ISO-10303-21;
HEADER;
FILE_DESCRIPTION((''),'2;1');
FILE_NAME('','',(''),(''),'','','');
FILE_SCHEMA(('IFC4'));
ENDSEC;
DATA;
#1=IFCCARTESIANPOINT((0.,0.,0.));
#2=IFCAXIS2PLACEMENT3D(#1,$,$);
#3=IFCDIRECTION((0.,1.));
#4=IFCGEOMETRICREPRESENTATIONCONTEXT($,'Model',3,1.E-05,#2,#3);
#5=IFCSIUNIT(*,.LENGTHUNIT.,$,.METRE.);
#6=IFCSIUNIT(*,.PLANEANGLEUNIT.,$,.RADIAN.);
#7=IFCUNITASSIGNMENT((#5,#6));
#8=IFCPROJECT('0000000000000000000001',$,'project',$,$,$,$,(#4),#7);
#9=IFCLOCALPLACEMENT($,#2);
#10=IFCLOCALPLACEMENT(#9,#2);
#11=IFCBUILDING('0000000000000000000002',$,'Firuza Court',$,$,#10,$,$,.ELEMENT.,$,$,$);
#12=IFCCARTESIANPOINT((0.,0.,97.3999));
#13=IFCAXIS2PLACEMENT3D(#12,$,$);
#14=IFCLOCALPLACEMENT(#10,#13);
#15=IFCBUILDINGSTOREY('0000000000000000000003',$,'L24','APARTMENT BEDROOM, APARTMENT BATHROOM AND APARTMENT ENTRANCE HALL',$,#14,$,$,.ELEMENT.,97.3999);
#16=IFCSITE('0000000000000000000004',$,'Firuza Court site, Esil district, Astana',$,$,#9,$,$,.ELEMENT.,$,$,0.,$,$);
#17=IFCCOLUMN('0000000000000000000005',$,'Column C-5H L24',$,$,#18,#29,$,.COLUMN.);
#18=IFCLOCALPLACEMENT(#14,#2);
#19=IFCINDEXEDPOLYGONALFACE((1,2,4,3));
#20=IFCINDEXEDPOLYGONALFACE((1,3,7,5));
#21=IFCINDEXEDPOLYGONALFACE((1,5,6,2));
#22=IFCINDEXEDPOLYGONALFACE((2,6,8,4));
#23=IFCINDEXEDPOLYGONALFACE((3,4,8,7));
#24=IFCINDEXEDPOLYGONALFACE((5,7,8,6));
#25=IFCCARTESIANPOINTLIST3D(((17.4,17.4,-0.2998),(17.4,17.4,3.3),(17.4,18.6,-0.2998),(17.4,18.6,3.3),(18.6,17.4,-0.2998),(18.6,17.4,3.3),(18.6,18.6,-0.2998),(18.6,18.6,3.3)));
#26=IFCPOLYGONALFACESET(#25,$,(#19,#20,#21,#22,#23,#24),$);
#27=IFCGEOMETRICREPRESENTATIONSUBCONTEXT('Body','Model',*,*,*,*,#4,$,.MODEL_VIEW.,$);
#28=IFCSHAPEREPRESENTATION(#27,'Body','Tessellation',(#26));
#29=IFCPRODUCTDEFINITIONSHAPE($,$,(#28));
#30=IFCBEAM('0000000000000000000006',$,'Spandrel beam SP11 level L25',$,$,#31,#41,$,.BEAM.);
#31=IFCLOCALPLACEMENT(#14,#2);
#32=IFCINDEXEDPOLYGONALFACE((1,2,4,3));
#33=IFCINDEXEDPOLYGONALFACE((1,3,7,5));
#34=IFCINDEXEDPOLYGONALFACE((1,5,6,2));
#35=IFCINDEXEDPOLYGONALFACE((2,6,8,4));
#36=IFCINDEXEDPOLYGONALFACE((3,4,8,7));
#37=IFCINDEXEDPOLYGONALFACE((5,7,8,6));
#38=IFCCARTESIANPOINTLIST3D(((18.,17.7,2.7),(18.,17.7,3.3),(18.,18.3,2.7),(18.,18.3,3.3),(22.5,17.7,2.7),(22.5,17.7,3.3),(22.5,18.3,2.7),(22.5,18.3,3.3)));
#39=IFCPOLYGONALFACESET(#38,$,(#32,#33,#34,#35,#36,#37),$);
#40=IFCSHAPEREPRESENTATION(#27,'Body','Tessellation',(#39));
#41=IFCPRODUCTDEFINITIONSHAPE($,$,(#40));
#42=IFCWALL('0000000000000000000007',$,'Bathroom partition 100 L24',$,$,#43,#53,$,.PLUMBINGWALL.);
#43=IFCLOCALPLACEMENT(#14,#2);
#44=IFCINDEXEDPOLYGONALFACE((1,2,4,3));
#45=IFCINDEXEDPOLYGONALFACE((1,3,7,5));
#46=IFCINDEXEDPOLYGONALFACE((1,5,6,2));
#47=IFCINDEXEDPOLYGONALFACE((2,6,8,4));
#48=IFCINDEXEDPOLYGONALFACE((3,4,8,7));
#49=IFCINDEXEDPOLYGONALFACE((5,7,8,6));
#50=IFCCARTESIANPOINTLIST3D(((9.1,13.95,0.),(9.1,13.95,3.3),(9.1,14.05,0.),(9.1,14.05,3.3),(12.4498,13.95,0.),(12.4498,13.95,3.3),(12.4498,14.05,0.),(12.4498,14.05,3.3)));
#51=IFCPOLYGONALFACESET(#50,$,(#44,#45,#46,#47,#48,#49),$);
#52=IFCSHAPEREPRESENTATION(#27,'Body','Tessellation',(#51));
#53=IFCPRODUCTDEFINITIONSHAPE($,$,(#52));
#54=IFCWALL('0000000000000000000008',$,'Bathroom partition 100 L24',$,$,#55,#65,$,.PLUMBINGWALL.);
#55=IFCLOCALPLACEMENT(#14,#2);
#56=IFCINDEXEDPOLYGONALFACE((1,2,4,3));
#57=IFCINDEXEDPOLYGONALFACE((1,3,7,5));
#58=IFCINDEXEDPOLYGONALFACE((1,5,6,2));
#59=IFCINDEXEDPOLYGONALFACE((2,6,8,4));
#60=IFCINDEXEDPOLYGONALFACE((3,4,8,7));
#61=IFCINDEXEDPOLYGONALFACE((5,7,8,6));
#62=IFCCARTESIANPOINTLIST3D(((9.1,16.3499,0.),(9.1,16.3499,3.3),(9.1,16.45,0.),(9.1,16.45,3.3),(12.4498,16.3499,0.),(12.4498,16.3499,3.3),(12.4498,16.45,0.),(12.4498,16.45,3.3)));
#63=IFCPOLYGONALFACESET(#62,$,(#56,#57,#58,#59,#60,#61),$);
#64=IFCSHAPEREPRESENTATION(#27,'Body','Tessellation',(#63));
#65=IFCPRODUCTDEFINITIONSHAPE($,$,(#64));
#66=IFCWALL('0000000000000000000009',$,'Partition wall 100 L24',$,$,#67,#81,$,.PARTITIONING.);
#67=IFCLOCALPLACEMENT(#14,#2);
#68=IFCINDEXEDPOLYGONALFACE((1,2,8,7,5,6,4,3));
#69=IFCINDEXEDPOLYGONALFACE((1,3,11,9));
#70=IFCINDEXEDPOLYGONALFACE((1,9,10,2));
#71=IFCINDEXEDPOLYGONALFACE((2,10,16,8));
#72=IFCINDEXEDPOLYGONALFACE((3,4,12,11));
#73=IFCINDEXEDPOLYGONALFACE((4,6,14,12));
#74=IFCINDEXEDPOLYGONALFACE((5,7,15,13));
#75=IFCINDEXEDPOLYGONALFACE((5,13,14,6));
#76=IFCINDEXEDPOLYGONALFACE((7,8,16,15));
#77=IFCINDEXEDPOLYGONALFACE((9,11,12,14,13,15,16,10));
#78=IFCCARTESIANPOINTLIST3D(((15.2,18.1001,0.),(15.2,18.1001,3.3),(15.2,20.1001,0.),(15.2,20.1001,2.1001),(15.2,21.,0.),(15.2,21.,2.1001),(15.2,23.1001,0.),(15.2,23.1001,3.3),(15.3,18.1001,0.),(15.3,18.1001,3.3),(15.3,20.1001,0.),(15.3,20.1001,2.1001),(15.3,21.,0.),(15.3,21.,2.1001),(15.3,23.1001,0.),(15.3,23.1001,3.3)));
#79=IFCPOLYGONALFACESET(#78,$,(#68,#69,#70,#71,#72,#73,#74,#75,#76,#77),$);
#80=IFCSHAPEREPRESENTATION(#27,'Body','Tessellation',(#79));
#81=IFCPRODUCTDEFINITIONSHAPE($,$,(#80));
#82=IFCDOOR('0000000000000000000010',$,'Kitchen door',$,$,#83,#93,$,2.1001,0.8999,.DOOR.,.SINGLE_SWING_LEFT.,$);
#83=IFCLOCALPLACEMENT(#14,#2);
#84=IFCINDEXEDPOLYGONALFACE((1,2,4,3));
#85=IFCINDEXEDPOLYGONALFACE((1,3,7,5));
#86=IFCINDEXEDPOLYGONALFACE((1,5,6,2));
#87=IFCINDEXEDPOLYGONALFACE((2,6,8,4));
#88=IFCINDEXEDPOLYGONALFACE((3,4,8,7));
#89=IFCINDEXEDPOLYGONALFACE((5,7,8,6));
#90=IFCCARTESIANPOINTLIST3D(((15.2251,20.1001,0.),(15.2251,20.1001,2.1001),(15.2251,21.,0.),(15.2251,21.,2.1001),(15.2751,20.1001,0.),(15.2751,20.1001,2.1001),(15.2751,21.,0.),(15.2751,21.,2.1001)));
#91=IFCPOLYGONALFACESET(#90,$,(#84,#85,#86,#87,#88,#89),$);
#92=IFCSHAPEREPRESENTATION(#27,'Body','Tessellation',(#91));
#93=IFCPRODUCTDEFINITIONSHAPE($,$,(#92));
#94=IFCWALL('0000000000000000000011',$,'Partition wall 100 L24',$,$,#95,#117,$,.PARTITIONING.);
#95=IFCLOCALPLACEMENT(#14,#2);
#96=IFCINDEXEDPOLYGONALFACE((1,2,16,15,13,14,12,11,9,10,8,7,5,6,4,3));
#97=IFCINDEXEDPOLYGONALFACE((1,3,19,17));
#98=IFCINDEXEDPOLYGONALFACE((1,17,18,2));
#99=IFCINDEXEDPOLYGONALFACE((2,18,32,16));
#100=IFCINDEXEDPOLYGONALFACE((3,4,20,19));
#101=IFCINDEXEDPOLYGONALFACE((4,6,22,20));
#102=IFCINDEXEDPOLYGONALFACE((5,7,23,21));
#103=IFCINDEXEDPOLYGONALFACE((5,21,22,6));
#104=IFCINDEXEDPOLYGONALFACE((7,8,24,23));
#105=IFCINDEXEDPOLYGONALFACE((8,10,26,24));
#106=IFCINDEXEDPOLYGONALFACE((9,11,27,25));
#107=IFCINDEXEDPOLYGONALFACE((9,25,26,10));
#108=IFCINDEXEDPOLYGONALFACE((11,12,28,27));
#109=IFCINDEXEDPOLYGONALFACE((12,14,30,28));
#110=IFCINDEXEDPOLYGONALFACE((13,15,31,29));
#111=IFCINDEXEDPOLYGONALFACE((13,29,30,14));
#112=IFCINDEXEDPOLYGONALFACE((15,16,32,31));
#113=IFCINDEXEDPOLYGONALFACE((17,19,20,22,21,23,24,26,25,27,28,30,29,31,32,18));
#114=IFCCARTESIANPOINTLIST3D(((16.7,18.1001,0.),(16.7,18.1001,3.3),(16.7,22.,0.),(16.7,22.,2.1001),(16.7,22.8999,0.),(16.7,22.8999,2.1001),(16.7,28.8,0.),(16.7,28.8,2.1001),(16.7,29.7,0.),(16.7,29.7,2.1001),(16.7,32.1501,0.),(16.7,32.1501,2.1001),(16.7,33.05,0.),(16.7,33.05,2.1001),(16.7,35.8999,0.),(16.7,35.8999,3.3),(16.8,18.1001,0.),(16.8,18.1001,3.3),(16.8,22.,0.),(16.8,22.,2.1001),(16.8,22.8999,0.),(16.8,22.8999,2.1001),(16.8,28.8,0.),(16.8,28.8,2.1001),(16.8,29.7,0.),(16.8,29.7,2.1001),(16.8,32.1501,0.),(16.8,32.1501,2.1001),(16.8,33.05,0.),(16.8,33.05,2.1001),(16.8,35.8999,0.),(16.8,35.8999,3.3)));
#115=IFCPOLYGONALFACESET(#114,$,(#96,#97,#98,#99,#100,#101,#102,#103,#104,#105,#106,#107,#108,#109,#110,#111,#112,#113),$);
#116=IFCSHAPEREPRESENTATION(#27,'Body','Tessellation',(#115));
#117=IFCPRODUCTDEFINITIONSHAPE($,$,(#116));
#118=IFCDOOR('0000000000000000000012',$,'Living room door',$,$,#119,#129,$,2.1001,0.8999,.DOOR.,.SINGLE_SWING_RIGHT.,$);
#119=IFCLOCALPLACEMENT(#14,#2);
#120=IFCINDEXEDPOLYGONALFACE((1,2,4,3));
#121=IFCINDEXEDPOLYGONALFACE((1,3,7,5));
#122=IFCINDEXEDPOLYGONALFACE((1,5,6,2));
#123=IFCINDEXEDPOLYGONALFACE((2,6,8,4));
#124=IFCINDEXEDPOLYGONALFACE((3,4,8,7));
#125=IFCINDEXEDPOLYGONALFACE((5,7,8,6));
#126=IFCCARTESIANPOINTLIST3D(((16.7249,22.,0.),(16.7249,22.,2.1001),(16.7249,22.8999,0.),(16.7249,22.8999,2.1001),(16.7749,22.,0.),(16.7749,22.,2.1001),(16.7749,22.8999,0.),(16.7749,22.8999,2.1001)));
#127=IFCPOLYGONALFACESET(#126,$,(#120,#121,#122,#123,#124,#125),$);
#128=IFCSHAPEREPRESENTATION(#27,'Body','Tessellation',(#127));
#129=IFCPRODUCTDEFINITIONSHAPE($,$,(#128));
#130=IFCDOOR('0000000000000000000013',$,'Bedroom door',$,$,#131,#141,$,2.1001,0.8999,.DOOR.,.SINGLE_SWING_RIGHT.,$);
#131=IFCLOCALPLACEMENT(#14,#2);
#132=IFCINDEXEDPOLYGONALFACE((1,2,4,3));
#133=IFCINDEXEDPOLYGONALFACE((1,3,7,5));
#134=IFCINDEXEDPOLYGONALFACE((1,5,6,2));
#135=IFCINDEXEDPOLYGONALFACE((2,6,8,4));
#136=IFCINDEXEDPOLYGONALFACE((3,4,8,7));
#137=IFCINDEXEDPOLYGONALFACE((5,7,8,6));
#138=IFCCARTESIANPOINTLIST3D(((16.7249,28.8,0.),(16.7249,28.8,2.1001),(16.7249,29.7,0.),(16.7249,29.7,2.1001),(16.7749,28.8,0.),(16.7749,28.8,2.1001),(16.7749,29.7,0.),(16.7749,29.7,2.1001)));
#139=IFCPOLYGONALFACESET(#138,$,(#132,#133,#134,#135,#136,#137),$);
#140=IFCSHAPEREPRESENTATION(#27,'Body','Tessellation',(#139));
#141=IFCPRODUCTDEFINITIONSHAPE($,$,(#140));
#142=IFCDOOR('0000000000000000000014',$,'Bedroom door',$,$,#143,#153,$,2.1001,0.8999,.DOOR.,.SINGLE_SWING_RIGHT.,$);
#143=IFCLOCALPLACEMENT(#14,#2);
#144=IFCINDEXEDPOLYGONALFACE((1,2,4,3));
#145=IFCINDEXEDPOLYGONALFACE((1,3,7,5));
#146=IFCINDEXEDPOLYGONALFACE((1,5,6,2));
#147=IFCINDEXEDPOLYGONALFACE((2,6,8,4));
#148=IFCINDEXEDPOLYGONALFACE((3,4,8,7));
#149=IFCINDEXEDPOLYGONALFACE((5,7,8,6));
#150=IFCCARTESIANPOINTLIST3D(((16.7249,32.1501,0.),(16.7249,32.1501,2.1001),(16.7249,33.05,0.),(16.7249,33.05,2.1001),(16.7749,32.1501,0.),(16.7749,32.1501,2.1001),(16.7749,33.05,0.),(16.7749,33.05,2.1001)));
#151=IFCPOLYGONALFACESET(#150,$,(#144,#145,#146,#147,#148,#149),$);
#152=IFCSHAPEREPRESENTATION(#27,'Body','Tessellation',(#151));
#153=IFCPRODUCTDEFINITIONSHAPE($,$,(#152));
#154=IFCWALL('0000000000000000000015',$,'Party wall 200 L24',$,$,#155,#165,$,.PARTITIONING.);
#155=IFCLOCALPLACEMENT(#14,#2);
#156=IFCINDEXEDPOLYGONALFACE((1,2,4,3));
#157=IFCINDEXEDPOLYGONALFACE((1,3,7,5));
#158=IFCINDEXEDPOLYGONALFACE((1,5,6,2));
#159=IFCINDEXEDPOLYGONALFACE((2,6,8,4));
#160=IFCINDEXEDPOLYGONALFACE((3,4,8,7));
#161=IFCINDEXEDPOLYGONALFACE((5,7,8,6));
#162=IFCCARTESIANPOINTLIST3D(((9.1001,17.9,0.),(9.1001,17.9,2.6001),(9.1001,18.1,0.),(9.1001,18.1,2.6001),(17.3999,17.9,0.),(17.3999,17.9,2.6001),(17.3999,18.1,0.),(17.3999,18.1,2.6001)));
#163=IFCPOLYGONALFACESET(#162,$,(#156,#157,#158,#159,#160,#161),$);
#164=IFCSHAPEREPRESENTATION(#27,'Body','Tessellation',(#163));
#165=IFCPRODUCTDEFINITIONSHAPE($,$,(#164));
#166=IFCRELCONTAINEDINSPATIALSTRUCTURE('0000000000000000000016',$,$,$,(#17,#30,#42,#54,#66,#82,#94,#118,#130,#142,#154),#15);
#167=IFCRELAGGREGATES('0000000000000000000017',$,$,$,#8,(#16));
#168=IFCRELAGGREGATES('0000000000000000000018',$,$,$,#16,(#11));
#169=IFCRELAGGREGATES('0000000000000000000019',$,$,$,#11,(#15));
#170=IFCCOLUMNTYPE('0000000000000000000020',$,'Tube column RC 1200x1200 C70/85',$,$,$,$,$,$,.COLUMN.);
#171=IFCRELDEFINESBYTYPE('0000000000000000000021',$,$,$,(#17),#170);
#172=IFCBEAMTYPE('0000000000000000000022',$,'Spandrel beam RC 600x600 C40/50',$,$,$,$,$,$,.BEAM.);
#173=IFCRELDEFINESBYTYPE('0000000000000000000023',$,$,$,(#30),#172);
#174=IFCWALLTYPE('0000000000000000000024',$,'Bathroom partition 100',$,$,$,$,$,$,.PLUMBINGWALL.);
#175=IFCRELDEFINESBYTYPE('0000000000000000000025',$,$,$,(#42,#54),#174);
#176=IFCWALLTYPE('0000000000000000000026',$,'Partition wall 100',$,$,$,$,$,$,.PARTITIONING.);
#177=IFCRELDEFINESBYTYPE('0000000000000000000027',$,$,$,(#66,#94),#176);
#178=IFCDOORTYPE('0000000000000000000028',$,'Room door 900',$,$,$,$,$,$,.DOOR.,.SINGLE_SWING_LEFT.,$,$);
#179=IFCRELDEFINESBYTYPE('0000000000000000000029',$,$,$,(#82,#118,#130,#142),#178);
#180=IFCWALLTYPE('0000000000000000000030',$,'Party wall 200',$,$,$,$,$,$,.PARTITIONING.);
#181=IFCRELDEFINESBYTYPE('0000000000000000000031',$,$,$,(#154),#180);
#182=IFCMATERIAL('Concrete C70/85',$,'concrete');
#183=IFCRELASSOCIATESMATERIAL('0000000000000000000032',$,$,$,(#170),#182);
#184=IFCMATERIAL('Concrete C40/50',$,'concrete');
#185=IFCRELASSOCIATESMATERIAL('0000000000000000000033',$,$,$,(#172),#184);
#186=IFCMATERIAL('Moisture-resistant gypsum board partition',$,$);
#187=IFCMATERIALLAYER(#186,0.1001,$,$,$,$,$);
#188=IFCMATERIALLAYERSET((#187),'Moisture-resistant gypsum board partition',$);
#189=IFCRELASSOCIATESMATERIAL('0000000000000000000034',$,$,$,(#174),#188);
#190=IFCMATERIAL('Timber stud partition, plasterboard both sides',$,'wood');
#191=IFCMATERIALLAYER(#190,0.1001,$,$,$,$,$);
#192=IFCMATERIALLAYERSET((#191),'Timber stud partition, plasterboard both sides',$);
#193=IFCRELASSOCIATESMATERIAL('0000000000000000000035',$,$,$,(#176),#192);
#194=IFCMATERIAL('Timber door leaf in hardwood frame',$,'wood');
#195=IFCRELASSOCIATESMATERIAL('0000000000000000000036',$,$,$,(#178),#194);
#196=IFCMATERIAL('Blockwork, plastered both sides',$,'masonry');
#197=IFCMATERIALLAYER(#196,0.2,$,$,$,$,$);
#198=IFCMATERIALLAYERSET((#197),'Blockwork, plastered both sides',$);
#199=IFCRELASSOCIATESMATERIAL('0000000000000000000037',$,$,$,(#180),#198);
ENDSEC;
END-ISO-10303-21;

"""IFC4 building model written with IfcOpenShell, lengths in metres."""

from ifc_helpers import new_model, si_unit, direction, frame, frame_2d, origin, origin_2d, place, context, subcontext, project, spatial, rectangle, extrude, material, layer, layer_set, material_profile, profile_set, type_object, element, fill, save


model = new_model("IFC4")

# Units and contexts
model_context = context("Model", 3, precision=1e-05, world=origin(), true_north=direction((0.0, 1.0)))
body_context = subcontext(model_context, "Body", "Model", "MODEL_VIEW")
ifc_project = project(units=[si_unit("LENGTHUNIT", "METRE"), si_unit("PLANEANGLEUNIT", "RADIAN")], contexts=[model_context])

# Site, building, storey
site_placement = place(None, origin())
site = spatial("IfcSite", under=ifc_project, at=site_placement, Name="Firuza Court site, Esil district, Astana", CompositionType="ELEMENT", RefElevation=0.0)
building_placement = place(site_placement, origin())
building = spatial("IfcBuilding", under=site, at=building_placement, Name="Firuza Court", CompositionType="ELEMENT")
storey_placement = place(building_placement, frame((0.0, 0.0, 97.3999)))
storey = spatial("IfcBuildingStorey", under=building, at=storey_placement, Name="L24", Description="APARTMENT BEDROOM, APARTMENT BATHROOM AND APARTMENT ENTRANCE HALL", CompositionType="ELEMENT", Elevation=97.3999)

# Column
ifc_material_1 = material(Name="Concrete C70/85", Category="concrete")
ifc_material_profile_1 = material_profile(ifc_material_1, rectangle(XDim=1.2, YDim=1.2, at=origin_2d()), Name="RC 1200x1200")
ifc_profile_set_1 = profile_set([ifc_material_profile_1], Name="Concrete C70/85")
column_type = type_object("IfcColumnType", Name="Tube column RC 1200x1200 C70/85", PredefinedType="COLUMN", material=ifc_profile_set_1)
column_placement = place(storey_placement, frame((18.0, 18.0, -0.2998), z_axis=(0.0, 0.0, 1.0), x_axis=(1.0, 0.0, 0.0)))
element("IfcColumn", 1, at=column_placement, inside=storey, type_object=column_type, Name="Column C-5H L24", PredefinedType="COLUMN", context=body_context, shape_type="SweptSolid", body=[
    extrude(rectangle(XDim=1.2, YDim=1.2, at=origin_2d()), origin(), (0.0, 0.0, 1.0), 3.5999),
])

# Beam
ifc_material_2 = material(Name="Concrete C40/50", Category="concrete")
ifc_material_profile_2 = material_profile(ifc_material_2, rectangle(XDim=0.6001, YDim=0.6001, at=origin_2d()), Name="RC 600x600")
ifc_profile_set_2 = profile_set([ifc_material_profile_2], Name="Concrete C40/50")
beam_type = type_object("IfcBeamType", Name="Spandrel beam RC 600x600 C40/50", PredefinedType="BEAM", material=ifc_profile_set_2)
beam_placement = place(storey_placement, frame((18.0, 18.0, 3.0), z_axis=(1.0, 0.0, 0.0), x_axis=(0.0, 1.0, 0.0)))
element("IfcBeam", 2, at=beam_placement, inside=storey, type_object=beam_type, Name="Spandrel beam SP11 level L25", PredefinedType="BEAM", context=body_context, shape_type="SweptSolid", body=[
    extrude(rectangle(XDim=0.6001, YDim=0.6001, at=origin_2d()), origin(), (0.0, 0.0, 1.0), 4.5),
])

# Walls
ifc_material_3 = material(Name="Moisture-resistant gypsum board partition")
ifc_layer_1 = layer(ifc_material_3, 0.1001)
ifc_layer_set_1 = layer_set([ifc_layer_1], Name="Moisture-resistant gypsum board partition")
wall_type_1 = type_object("IfcWallType", Name="Bathroom partition 100", PredefinedType="PLUMBINGWALL", material=ifc_layer_set_1)
for number, where, z_axis, x_axis, name in (
    (3, (9.1001, 14.0, 0.0), (0.0, 0.0, 1.0), (1.0, 0.0, 0.0), "Bathroom partition 100 L24"),
    (4, (9.1001, 16.3999, 0.0), (0.0, 0.0, 1.0), (1.0, 0.0, 0.0), "Bathroom partition 100 L24"),
):
    element("IfcWall", number, at=place(storey_placement, frame(where, z_axis=z_axis, x_axis=x_axis)), inside=storey, type_object=wall_type_1, Name=name, PredefinedType="PLUMBINGWALL", context=body_context, shape_type="SweptSolid", body=[
        extrude(rectangle(XDim=3.3499, YDim=0.1001, at=frame_2d((1.6748, 0.0))), origin(), (0.0, 0.0, 1.0), 3.3),
    ])

# Wall, opening, door
ifc_material_4 = material(Name="Timber stud partition, plasterboard both sides", Category="wood")
ifc_layer_2 = layer(ifc_material_4, 0.1001)
ifc_layer_set_2 = layer_set([ifc_layer_2], Name="Timber stud partition, plasterboard both sides")
wall_type_2 = type_object("IfcWallType", Name="Partition wall 100", PredefinedType="PARTITIONING", material=ifc_layer_set_2)
wall_1_placement = place(storey_placement, frame((15.25, 18.1001, 0.0), z_axis=(0.0, 0.0, 1.0), x_axis=(0.0, 1.0, 0.0)))
wall_1 = element("IfcWall", 5, at=wall_1_placement, inside=storey, type_object=wall_type_2, Name="Partition wall 100 L24", PredefinedType="PARTITIONING", context=body_context, shape_type="SweptSolid", body=[
    extrude(rectangle(XDim=5.0, YDim=0.1001, at=frame_2d((2.5, 0.0))), origin(), (0.0, 0.0, 1.0), 3.3),
])
opening_1_placement = place(wall_1_placement, frame((2.0, 0.0, 0.0)))
opening_1 = element("IfcOpeningElement", 6, at=opening_1_placement, cuts=wall_1, PredefinedType="OPENING", context=body_context, shape_type="SweptSolid", body=[
    extrude(rectangle(XDim=0.8999, YDim=2.1001, at=frame_2d((0.45, 1.05))), frame((0.0, 0.062, 0.0), z_axis=(0.0, -1.0, 0.0), x_axis=(1.0, 0.0, 0.0)), (0.0, 0.0, 1.0), 0.124),
])
ifc_material_5 = material(Name="Timber door leaf in hardwood frame", Category="wood")
door_type = type_object("IfcDoorType", Name="Room door 900", OperationType="SINGLE_SWING_LEFT", PredefinedType="DOOR", material=ifc_material_5)
door_1_placement = place(opening_1_placement, origin())
door_1 = element("IfcDoor", 7, at=door_1_placement, inside=storey, type_object=door_type, Name="Kitchen door", OperationType="SINGLE_SWING_LEFT", OverallHeight=2.1001, OverallWidth=0.8999, PredefinedType="DOOR", context=body_context, shape_type="SweptSolid", body=[
    extrude(rectangle(XDim=0.8999, YDim=2.1001, at=frame_2d((0.45, 1.05))), frame((0.0, 0.0249, 0.0), z_axis=(0.0, -1.0, 0.0), x_axis=(1.0, 0.0, 0.0)), (0.0, 0.0, 1.0), 0.05),
])
fill(opening_1, door_1)

# Wall, openings, doors
wall_2_placement = place(storey_placement, frame((16.75, 18.1001, 0.0), z_axis=(0.0, 0.0, 1.0), x_axis=(0.0, 1.0, 0.0)))
wall_2 = element("IfcWall", 8, at=wall_2_placement, inside=storey, type_object=wall_type_2, Name="Partition wall 100 L24", PredefinedType="PARTITIONING", context=body_context, shape_type="SweptSolid", body=[
    extrude(rectangle(XDim=17.7998, YDim=0.1001, at=frame_2d((8.8999, 0.0))), origin(), (0.0, 0.0, 1.0), 3.3),
])
opening_2_placement = place(wall_2_placement, frame((3.8999, 0.0, 0.0)))
opening_2 = element("IfcOpeningElement", 9, at=opening_2_placement, cuts=wall_2, PredefinedType="OPENING", context=body_context, shape_type="SweptSolid", body=[
    extrude(rectangle(XDim=0.8999, YDim=2.1001, at=frame_2d((0.45, 1.05))), frame((0.0, 0.062, 0.0), z_axis=(0.0, -1.0, 0.0), x_axis=(1.0, 0.0, 0.0)), (0.0, 0.0, 1.0), 0.124),
])
opening_3_placement = place(wall_2_placement, frame((10.7, 0.0, 0.0)))
opening_3 = element("IfcOpeningElement", 10, at=opening_3_placement, cuts=wall_2, PredefinedType="OPENING", context=body_context, shape_type="SweptSolid", body=[
    extrude(rectangle(XDim=0.8999, YDim=2.1001, at=frame_2d((0.45, 1.05))), frame((0.0, 0.062, 0.0), z_axis=(0.0, -1.0, 0.0), x_axis=(1.0, 0.0, 0.0)), (0.0, 0.0, 1.0), 0.124),
])
opening_4_placement = place(wall_2_placement, frame((14.05, 0.0, 0.0)))
opening_4 = element("IfcOpeningElement", 11, at=opening_4_placement, cuts=wall_2, PredefinedType="OPENING", context=body_context, shape_type="SweptSolid", body=[
    extrude(rectangle(XDim=0.8999, YDim=2.1001, at=frame_2d((0.45, 1.05))), frame((0.0, 0.062, 0.0), z_axis=(0.0, -1.0, 0.0), x_axis=(1.0, 0.0, 0.0)), (0.0, 0.0, 1.0), 0.124),
])
door_2_placement = place(opening_2_placement, frame((0.8999, 0.0, 0.0), z_axis=(0.0, 0.0, 1.0), x_axis=(-1.0, 0.0, 0.0)))
door_2 = element("IfcDoor", 12, at=door_2_placement, inside=storey, type_object=door_type, Name="Living room door", OperationType="SINGLE_SWING_RIGHT", OverallHeight=2.1001, OverallWidth=0.8999, PredefinedType="DOOR", context=body_context, shape_type="SweptSolid", body=[
    extrude(rectangle(XDim=0.8999, YDim=2.1001, at=frame_2d((0.45, 1.05))), frame((0.0, 0.0249, 0.0), z_axis=(0.0, -1.0, 0.0), x_axis=(1.0, 0.0, 0.0)), (0.0, 0.0, 1.0), 0.05),
])
fill(opening_2, door_2)
door_3_placement = place(opening_3_placement, frame((0.8999, 0.0, 0.0), z_axis=(0.0, 0.0, 1.0), x_axis=(-1.0, 0.0, 0.0)))
door_3 = element("IfcDoor", 13, at=door_3_placement, inside=storey, type_object=door_type, Name="Bedroom door", OperationType="SINGLE_SWING_RIGHT", OverallHeight=2.1001, OverallWidth=0.8999, PredefinedType="DOOR", context=body_context, shape_type="SweptSolid", body=[
    extrude(rectangle(XDim=0.8999, YDim=2.1001, at=frame_2d((0.45, 1.05))), frame((0.0, 0.0249, 0.0), z_axis=(0.0, -1.0, 0.0), x_axis=(1.0, 0.0, 0.0)), (0.0, 0.0, 1.0), 0.05),
])
fill(opening_3, door_3)
door_4_placement = place(opening_4_placement, frame((0.8999, 0.0, 0.0), z_axis=(0.0, 0.0, 1.0), x_axis=(-1.0, 0.0, 0.0)))
door_4 = element("IfcDoor", 14, at=door_4_placement, inside=storey, type_object=door_type, Name="Bedroom door", OperationType="SINGLE_SWING_RIGHT", OverallHeight=2.1001, OverallWidth=0.8999, PredefinedType="DOOR", context=body_context, shape_type="SweptSolid", body=[
    extrude(rectangle(XDim=0.8999, YDim=2.1001, at=frame_2d((0.45, 1.05))), frame((0.0, 0.0249, 0.0), z_axis=(0.0, -1.0, 0.0), x_axis=(1.0, 0.0, 0.0)), (0.0, 0.0, 1.0), 0.05),
])
fill(opening_4, door_4)

# Wall
ifc_material_6 = material(Name="Blockwork, plastered both sides", Category="masonry")
ifc_layer_3 = layer(ifc_material_6, 0.2)
ifc_layer_set_3 = layer_set([ifc_layer_3], Name="Blockwork, plastered both sides")
wall_type_3 = type_object("IfcWallType", Name="Party wall 200", PredefinedType="PARTITIONING", material=ifc_layer_set_3)
wall_3_placement = place(storey_placement, frame((9.1001, 18.0, 0.0), z_axis=(0.0, 0.0, 1.0), x_axis=(1.0, 0.0, 0.0)))
element("IfcWall", 15, at=wall_3_placement, inside=storey, type_object=wall_type_3, Name="Party wall 200 L24", PredefinedType="PARTITIONING", context=body_context, shape_type="SweptSolid", body=[
    extrude(rectangle(XDim=8.2998, YDim=0.2, at=frame_2d((4.1499, 0.0))), origin(), (0.0, 0.0, 1.0), 2.6001),
])

save(model, "model.ifc")
